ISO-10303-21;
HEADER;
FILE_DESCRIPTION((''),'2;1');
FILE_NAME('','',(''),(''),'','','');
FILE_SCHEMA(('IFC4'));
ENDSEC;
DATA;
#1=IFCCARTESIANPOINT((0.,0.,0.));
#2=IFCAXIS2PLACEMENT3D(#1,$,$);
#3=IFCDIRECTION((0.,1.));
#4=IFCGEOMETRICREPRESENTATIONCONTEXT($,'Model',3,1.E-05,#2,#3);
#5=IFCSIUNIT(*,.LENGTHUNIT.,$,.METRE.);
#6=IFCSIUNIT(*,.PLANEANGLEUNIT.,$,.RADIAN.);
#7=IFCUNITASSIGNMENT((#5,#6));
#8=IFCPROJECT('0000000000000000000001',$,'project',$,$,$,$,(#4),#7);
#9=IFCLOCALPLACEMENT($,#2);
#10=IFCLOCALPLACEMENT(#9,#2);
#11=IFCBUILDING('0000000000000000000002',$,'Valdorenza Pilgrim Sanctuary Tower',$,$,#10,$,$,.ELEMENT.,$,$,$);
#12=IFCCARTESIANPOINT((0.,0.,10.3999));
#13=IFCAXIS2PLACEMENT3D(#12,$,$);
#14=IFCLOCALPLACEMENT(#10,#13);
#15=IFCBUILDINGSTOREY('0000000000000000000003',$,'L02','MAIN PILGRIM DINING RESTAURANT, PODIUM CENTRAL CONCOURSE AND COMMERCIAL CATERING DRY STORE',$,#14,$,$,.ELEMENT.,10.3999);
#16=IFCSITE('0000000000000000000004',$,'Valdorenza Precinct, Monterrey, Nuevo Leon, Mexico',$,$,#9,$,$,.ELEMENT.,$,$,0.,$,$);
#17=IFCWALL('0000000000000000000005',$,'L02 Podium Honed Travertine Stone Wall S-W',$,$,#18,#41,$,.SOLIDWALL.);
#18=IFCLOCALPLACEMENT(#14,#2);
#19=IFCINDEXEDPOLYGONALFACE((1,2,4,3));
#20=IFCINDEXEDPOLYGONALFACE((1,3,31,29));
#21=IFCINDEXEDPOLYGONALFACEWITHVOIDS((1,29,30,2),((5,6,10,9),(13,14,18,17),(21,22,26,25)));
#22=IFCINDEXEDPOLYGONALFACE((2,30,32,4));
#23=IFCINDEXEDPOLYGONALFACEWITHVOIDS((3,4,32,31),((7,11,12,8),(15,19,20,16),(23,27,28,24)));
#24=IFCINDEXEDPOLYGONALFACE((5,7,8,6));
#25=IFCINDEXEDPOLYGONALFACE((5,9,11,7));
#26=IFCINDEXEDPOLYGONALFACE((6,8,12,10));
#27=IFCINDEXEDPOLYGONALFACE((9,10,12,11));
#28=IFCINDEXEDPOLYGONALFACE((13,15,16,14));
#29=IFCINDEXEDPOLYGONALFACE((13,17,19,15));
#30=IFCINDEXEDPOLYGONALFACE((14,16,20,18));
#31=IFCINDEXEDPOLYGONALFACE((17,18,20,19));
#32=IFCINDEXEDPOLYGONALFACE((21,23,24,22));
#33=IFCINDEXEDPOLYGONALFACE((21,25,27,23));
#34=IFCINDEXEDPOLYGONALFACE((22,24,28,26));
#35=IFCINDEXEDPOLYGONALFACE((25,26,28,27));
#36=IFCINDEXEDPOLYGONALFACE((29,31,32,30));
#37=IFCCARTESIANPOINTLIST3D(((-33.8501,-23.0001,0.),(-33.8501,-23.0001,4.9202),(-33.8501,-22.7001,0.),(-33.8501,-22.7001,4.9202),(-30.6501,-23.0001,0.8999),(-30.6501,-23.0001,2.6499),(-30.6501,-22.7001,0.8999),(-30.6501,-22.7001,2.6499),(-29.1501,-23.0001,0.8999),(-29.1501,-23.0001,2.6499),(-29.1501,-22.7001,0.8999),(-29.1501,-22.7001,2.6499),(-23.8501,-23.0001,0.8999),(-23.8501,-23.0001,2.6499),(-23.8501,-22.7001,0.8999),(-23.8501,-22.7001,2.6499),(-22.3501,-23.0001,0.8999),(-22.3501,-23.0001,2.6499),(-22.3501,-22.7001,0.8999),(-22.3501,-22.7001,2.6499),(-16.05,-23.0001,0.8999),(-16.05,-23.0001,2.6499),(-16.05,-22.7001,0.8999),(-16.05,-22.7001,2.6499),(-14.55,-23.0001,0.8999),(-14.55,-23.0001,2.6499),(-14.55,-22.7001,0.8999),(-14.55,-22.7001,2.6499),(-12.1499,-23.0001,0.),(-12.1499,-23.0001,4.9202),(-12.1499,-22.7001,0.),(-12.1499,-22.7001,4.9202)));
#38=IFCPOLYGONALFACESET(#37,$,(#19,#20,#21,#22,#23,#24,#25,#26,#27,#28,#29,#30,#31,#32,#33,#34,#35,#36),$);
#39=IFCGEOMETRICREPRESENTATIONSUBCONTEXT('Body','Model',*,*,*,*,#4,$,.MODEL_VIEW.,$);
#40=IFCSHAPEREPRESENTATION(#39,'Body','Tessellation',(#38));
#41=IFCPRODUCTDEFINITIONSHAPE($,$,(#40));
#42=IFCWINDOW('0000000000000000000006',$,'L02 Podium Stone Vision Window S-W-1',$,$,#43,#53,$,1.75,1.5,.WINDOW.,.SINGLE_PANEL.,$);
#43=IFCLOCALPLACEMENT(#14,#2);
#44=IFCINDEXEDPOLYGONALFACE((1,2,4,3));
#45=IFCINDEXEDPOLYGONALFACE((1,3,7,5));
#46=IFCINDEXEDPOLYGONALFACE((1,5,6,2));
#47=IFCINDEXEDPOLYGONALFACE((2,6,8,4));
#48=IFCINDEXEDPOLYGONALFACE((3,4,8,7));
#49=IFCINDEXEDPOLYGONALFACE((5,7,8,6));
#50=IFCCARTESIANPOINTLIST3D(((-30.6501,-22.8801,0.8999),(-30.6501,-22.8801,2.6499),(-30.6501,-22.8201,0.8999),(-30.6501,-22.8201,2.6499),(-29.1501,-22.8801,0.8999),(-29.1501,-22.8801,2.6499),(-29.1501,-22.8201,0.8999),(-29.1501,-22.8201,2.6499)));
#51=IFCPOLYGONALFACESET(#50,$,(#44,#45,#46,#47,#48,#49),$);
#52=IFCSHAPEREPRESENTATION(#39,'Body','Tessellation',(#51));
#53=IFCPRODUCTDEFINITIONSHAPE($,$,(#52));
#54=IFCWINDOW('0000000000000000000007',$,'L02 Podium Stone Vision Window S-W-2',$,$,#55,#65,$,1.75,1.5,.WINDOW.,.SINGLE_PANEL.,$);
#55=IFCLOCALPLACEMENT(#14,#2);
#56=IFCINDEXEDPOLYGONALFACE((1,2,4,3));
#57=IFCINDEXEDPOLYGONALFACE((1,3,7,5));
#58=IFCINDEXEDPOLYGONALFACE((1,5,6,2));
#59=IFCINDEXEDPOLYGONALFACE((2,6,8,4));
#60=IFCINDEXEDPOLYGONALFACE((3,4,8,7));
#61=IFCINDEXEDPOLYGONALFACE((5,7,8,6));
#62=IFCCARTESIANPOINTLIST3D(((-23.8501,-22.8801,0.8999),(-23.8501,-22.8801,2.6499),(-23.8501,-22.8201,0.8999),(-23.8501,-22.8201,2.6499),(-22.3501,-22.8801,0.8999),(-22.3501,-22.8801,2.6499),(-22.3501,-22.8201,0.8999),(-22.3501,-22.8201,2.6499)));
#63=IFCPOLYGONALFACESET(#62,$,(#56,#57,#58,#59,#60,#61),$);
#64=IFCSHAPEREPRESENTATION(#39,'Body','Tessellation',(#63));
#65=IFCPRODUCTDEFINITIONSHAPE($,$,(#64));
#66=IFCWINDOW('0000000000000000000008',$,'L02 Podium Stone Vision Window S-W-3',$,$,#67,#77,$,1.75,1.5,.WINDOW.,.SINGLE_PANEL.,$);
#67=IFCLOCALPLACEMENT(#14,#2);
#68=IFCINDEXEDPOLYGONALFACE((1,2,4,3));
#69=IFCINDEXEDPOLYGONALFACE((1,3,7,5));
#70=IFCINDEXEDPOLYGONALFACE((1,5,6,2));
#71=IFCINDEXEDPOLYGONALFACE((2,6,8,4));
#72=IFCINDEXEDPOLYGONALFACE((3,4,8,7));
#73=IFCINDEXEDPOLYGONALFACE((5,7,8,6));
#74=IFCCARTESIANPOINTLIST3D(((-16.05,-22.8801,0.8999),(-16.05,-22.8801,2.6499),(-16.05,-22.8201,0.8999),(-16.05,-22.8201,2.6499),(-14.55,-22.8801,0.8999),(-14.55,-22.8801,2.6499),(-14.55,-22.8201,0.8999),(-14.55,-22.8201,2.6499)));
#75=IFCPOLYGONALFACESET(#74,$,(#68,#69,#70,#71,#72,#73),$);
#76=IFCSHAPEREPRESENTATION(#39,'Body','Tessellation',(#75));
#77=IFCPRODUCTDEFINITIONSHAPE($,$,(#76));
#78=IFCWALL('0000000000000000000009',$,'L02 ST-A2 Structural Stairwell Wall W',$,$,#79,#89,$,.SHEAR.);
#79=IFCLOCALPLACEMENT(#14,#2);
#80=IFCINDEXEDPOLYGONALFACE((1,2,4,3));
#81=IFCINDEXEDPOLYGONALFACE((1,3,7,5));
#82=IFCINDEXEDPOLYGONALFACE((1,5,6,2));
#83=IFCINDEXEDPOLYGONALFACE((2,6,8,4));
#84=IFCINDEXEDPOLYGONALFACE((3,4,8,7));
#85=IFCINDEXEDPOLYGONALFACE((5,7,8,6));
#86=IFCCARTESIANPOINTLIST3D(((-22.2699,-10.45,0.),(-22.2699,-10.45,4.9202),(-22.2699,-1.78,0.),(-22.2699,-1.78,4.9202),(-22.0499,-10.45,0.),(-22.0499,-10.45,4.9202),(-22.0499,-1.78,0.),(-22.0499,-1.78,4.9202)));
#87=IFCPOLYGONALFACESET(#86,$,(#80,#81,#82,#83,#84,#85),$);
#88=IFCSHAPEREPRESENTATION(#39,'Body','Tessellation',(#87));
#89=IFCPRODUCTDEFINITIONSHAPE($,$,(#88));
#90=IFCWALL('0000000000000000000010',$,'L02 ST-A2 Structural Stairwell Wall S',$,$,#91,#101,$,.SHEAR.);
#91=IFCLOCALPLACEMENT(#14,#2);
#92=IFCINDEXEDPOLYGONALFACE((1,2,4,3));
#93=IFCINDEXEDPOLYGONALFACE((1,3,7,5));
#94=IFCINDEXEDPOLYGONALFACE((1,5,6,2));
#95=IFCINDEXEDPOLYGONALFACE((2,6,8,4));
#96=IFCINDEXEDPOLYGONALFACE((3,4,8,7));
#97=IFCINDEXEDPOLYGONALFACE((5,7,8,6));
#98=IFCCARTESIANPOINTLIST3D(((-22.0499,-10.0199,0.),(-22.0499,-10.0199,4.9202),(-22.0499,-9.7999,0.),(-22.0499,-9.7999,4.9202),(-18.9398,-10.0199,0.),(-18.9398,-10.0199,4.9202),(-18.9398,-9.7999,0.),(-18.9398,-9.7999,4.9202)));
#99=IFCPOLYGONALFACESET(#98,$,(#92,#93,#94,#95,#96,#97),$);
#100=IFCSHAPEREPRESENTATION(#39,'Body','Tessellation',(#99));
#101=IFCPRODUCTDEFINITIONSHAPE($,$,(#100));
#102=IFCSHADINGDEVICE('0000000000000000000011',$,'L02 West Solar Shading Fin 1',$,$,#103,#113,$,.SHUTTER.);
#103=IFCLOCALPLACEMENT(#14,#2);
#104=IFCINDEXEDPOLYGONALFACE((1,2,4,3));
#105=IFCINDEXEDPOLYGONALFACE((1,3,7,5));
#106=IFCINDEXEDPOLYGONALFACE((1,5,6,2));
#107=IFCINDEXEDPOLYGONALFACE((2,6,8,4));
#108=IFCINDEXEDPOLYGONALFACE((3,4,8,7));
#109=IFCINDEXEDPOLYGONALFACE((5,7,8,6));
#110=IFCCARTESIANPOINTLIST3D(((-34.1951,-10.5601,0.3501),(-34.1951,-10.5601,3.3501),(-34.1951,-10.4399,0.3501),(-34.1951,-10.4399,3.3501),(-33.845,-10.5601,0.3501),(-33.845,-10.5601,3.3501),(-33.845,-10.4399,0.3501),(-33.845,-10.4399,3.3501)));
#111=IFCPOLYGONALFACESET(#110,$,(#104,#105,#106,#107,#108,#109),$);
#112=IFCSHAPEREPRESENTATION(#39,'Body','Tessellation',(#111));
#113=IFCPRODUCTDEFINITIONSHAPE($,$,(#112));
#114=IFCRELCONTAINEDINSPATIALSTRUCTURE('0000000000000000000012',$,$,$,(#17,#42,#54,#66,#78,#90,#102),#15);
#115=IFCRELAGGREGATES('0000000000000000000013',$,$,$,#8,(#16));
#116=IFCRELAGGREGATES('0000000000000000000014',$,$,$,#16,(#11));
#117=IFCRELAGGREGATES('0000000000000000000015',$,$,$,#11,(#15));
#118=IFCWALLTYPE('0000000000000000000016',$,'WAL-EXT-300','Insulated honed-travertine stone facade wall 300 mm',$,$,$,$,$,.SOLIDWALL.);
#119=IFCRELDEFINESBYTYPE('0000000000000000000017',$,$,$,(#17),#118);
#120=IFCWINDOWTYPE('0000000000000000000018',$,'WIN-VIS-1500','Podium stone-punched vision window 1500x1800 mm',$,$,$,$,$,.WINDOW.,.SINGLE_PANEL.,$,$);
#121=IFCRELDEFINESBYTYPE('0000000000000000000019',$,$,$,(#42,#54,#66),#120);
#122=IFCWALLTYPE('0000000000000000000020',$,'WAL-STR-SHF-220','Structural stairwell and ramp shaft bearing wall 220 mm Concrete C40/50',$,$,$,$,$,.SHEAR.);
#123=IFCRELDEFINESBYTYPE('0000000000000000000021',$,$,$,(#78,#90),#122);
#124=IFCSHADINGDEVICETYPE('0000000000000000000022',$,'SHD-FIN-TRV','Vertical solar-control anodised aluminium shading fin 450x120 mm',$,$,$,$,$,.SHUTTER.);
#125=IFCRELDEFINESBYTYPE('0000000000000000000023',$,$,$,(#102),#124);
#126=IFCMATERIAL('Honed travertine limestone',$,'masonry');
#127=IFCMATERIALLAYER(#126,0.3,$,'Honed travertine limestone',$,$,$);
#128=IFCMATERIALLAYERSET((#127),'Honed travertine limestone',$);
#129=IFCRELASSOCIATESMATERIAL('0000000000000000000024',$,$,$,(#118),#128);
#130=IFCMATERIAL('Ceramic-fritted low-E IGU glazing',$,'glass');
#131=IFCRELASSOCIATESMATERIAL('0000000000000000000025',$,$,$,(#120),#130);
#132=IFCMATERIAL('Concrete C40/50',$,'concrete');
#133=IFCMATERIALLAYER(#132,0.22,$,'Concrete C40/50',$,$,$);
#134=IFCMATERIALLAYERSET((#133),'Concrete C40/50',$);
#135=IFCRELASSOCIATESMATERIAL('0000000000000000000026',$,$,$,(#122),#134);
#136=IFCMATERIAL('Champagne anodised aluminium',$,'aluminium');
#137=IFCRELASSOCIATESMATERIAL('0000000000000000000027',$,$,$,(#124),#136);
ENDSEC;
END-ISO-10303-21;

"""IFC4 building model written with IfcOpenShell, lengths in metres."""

from ifc_helpers import new_model, si_unit, direction, frame, frame_2d, origin, origin_2d, place, context, subcontext, project, spatial, rectangle, extrude, source, transform, mapped, material, layer, layer_set, type_object, element, fill, save


model = new_model("IFC4")

# Units and contexts
model_context = context("Model", 3, precision=1e-05, world=origin(), true_north=direction((0.0, 1.0)))
body_context = subcontext(model_context, "Body", "Model", "MODEL_VIEW")
ifc_project = project(units=[si_unit("LENGTHUNIT", "METRE"), si_unit("PLANEANGLEUNIT", "RADIAN")], contexts=[model_context])

# Site, building, storey
site_placement = place(None, origin())
site = spatial("IfcSite", under=ifc_project, at=site_placement, Name="Valdorenza Precinct, Monterrey, Nuevo Leon, Mexico", CompositionType="ELEMENT", RefElevation=0.0)
building_placement = place(site_placement, origin())
building = spatial("IfcBuilding", under=site, at=building_placement, Name="Valdorenza Pilgrim Sanctuary Tower", CompositionType="ELEMENT")
storey_placement = place(building_placement, frame((0.0, 0.0, 10.3999)))
storey = spatial("IfcBuildingStorey", under=building, at=storey_placement, Name="L02", Description="MAIN PILGRIM DINING RESTAURANT, PODIUM CENTRAL CONCOURSE AND COMMERCIAL CATERING DRY STORE", CompositionType="ELEMENT", Elevation=10.3999)

# Wall, openings, windows
ifc_material_1 = material(Name="Honed travertine limestone", Category="masonry")
ifc_layer_1 = layer(ifc_material_1, 0.3, Name="Honed travertine limestone")
ifc_layer_set_1 = layer_set([ifc_layer_1], Name="Honed travertine limestone")
wall_type_1 = type_object("IfcWallType", Name="WAL-EXT-300", Description="Insulated honed-travertine stone facade wall 300 mm", PredefinedType="SOLIDWALL", material=ifc_layer_set_1)
ifc_material_2 = material(Name="Ceramic-fritted low-E IGU glazing", Category="glass")
window_type = type_object("IfcWindowType", Name="WIN-VIS-1500", Description="Podium stone-punched vision window 1500x1800 mm", PartitioningType="SINGLE_PANEL", PredefinedType="WINDOW", material=ifc_material_2)
wall_1_placement = place(storey_placement, frame((-33.8501, -22.8501, 0.0), z_axis=(0.0, 0.0, 1.0), x_axis=(1.0, 0.0, 0.0)))
wall_1 = element("IfcWall", 1, at=wall_1_placement, inside=storey, type_object=wall_type_1, Name="L02 Podium Honed Travertine Stone Wall S-W", PredefinedType="SOLIDWALL", context=body_context, shape_type="SweptSolid", body=[
    extrude(rectangle(XDim=21.7002, YDim=0.3, at=frame_2d((10.8501, 0.0))), origin(), (0.0, 0.0, 1.0), 4.9202),
])
opening_1_placement = place(wall_1_placement, frame((3.2, 0.0, 0.8999)))
opening_1 = element("IfcOpeningElement", 2, at=opening_1_placement, cuts=wall_1, PredefinedType="OPENING", context=body_context, shape_type="SweptSolid", body=[
    extrude(rectangle(XDim=1.5, YDim=1.75, at=frame_2d((0.75, 0.875))), frame((0.0, 0.165, 0.0), z_axis=(0.0, -1.0, 0.0), x_axis=(1.0, 0.0, 0.0)), (0.0, 0.0, 1.0), 0.3298),
])
opening_2_placement = place(wall_1_placement, frame((10.0, 0.0, 0.8999)))
opening_2 = element("IfcOpeningElement", 3, at=opening_2_placement, cuts=wall_1, PredefinedType="OPENING", context=body_context, shape_type="SweptSolid", body=[
    extrude(rectangle(XDim=1.5, YDim=1.75, at=frame_2d((0.75, 0.875))), frame((0.0, 0.165, 0.0), z_axis=(0.0, -1.0, 0.0), x_axis=(1.0, 0.0, 0.0)), (0.0, 0.0, 1.0), 0.3298),
])
opening_3_placement = place(wall_1_placement, frame((17.8, 0.0, 0.8999)))
opening_3 = element("IfcOpeningElement", 4, at=opening_3_placement, cuts=wall_1, PredefinedType="OPENING", context=body_context, shape_type="SweptSolid", body=[
    extrude(rectangle(XDim=1.5, YDim=1.75, at=frame_2d((0.75, 0.875))), frame((0.0, 0.165, 0.0), z_axis=(0.0, -1.0, 0.0), x_axis=(1.0, 0.0, 0.0)), (0.0, 0.0, 1.0), 0.3298),
])
window_1_placement = place(opening_1_placement, origin())
window_1 = element("IfcWindow", 5, at=window_1_placement, inside=storey, type_object=window_type, Name="L02 Podium Stone Vision Window S-W-1", OverallHeight=1.75, OverallWidth=1.5, PartitioningType="SINGLE_PANEL", PredefinedType="WINDOW", context=body_context, shape_type="SweptSolid", body=[
    extrude(rectangle(XDim=1.5, YDim=1.75, at=frame_2d((0.75, 0.875))), frame((0.0, 0.03, 0.0), z_axis=(0.0, -1.0, 0.0), x_axis=(1.0, 0.0, 0.0)), (0.0, 0.0, 1.0), 0.0601),
])
fill(opening_1, window_1)
window_2_placement = place(opening_2_placement, origin())
window_2 = element("IfcWindow", 6, at=window_2_placement, inside=storey, type_object=window_type, Name="L02 Podium Stone Vision Window S-W-2", OverallHeight=1.75, OverallWidth=1.5, PartitioningType="SINGLE_PANEL", PredefinedType="WINDOW", context=body_context, shape_type="SweptSolid", body=[
    extrude(rectangle(XDim=1.5, YDim=1.75, at=frame_2d((0.75, 0.875))), frame((0.0, 0.03, 0.0), z_axis=(0.0, -1.0, 0.0), x_axis=(1.0, 0.0, 0.0)), (0.0, 0.0, 1.0), 0.0601),
])
fill(opening_2, window_2)
window_3_placement = place(opening_3_placement, origin())
window_3 = element("IfcWindow", 7, at=window_3_placement, inside=storey, type_object=window_type, Name="L02 Podium Stone Vision Window S-W-3", OverallHeight=1.75, OverallWidth=1.5, PartitioningType="SINGLE_PANEL", PredefinedType="WINDOW", context=body_context, shape_type="SweptSolid", body=[
    extrude(rectangle(XDim=1.5, YDim=1.75, at=frame_2d((0.75, 0.875))), frame((0.0, 0.03, 0.0), z_axis=(0.0, -1.0, 0.0), x_axis=(1.0, 0.0, 0.0)), (0.0, 0.0, 1.0), 0.0601),
])
fill(opening_3, window_3)

# Walls
ifc_material_3 = material(Name="Concrete C40/50", Category="concrete")
ifc_layer_2 = layer(ifc_material_3, 0.22, Name="Concrete C40/50")
ifc_layer_set_2 = layer_set([ifc_layer_2], Name="Concrete C40/50")
wall_type_2 = type_object("IfcWallType", Name="WAL-STR-SHF-220", Description="Structural stairwell and ramp shaft bearing wall 220 mm Concrete C40/50", PredefinedType="SHEAR", material=ifc_layer_set_2)
wall_2_placement = place(storey_placement, frame((-22.1599, -10.45, 0.0), z_axis=(0.0, 0.0, 1.0), x_axis=(0.0, 1.0, 0.0)))
element("IfcWall", 8, at=wall_2_placement, inside=storey, type_object=wall_type_2, Name="L02 ST-A2 Structural Stairwell Wall W", PredefinedType="SHEAR", context=body_context, shape_type="SweptSolid", body=[
    extrude(rectangle(XDim=8.6699, YDim=0.22, at=frame_2d((4.335, 0.0))), origin(), (0.0, 0.0, 1.0), 4.9202),
])
wall_3_placement = place(storey_placement, frame((-22.05, -9.9099, 0.0), z_axis=(0.0, 0.0, 1.0), x_axis=(1.0, 0.0, 0.0)))
element("IfcWall", 9, at=wall_3_placement, inside=storey, type_object=wall_type_2, Name="L02 ST-A2 Structural Stairwell Wall S", PredefinedType="SHEAR", context=body_context, shape_type="SweptSolid", body=[
    extrude(rectangle(XDim=3.1101, YDim=0.22, at=frame_2d((1.5552, 0.0))), origin(), (0.0, 0.0, 1.0), 4.9202),
])

# Shading device
ifc_material_4 = material(Name="Champagne anodised aluminium", Category="aluminium")
shading_device_type = type_object("IfcShadingDeviceType", Name="SHD-FIN-TRV", Description="Vertical solar-control anodised aluminium shading fin 450x120 mm", PredefinedType="SHUTTER", material=ifc_material_4)
shared_shape_1 = source(origin(), body_context, "Body", "SweptSolid", [
    extrude(rectangle(XDim=0.3501, YDim=0.1201, at=origin_2d()), origin(), (0.0, 0.0, 1.0), 3.0),
])
shading_device_placement = place(storey_placement, frame((-34.02, -10.5, 0.3501), z_axis=(0.0, 0.0, 1.0), x_axis=(1.0, 0.0, 0.0)))
element("IfcShadingDevice", 10, at=shading_device_placement, inside=storey, type_object=shading_device_type, Name="L02 West Solar Shading Fin 1", PredefinedType="SHUTTER", context=body_context, shape_type="MappedRepresentation", body=[
    mapped(shared_shape_1, transform((0.0, 0.0, 0.0), x_axis=(1.0, 0.0, 0.0), y_axis=(0.0, 1.0, 0.0), z_axis=(0.0, 0.0, 1.0), scale=1.0)),
])

save(model, "model.ifc")
